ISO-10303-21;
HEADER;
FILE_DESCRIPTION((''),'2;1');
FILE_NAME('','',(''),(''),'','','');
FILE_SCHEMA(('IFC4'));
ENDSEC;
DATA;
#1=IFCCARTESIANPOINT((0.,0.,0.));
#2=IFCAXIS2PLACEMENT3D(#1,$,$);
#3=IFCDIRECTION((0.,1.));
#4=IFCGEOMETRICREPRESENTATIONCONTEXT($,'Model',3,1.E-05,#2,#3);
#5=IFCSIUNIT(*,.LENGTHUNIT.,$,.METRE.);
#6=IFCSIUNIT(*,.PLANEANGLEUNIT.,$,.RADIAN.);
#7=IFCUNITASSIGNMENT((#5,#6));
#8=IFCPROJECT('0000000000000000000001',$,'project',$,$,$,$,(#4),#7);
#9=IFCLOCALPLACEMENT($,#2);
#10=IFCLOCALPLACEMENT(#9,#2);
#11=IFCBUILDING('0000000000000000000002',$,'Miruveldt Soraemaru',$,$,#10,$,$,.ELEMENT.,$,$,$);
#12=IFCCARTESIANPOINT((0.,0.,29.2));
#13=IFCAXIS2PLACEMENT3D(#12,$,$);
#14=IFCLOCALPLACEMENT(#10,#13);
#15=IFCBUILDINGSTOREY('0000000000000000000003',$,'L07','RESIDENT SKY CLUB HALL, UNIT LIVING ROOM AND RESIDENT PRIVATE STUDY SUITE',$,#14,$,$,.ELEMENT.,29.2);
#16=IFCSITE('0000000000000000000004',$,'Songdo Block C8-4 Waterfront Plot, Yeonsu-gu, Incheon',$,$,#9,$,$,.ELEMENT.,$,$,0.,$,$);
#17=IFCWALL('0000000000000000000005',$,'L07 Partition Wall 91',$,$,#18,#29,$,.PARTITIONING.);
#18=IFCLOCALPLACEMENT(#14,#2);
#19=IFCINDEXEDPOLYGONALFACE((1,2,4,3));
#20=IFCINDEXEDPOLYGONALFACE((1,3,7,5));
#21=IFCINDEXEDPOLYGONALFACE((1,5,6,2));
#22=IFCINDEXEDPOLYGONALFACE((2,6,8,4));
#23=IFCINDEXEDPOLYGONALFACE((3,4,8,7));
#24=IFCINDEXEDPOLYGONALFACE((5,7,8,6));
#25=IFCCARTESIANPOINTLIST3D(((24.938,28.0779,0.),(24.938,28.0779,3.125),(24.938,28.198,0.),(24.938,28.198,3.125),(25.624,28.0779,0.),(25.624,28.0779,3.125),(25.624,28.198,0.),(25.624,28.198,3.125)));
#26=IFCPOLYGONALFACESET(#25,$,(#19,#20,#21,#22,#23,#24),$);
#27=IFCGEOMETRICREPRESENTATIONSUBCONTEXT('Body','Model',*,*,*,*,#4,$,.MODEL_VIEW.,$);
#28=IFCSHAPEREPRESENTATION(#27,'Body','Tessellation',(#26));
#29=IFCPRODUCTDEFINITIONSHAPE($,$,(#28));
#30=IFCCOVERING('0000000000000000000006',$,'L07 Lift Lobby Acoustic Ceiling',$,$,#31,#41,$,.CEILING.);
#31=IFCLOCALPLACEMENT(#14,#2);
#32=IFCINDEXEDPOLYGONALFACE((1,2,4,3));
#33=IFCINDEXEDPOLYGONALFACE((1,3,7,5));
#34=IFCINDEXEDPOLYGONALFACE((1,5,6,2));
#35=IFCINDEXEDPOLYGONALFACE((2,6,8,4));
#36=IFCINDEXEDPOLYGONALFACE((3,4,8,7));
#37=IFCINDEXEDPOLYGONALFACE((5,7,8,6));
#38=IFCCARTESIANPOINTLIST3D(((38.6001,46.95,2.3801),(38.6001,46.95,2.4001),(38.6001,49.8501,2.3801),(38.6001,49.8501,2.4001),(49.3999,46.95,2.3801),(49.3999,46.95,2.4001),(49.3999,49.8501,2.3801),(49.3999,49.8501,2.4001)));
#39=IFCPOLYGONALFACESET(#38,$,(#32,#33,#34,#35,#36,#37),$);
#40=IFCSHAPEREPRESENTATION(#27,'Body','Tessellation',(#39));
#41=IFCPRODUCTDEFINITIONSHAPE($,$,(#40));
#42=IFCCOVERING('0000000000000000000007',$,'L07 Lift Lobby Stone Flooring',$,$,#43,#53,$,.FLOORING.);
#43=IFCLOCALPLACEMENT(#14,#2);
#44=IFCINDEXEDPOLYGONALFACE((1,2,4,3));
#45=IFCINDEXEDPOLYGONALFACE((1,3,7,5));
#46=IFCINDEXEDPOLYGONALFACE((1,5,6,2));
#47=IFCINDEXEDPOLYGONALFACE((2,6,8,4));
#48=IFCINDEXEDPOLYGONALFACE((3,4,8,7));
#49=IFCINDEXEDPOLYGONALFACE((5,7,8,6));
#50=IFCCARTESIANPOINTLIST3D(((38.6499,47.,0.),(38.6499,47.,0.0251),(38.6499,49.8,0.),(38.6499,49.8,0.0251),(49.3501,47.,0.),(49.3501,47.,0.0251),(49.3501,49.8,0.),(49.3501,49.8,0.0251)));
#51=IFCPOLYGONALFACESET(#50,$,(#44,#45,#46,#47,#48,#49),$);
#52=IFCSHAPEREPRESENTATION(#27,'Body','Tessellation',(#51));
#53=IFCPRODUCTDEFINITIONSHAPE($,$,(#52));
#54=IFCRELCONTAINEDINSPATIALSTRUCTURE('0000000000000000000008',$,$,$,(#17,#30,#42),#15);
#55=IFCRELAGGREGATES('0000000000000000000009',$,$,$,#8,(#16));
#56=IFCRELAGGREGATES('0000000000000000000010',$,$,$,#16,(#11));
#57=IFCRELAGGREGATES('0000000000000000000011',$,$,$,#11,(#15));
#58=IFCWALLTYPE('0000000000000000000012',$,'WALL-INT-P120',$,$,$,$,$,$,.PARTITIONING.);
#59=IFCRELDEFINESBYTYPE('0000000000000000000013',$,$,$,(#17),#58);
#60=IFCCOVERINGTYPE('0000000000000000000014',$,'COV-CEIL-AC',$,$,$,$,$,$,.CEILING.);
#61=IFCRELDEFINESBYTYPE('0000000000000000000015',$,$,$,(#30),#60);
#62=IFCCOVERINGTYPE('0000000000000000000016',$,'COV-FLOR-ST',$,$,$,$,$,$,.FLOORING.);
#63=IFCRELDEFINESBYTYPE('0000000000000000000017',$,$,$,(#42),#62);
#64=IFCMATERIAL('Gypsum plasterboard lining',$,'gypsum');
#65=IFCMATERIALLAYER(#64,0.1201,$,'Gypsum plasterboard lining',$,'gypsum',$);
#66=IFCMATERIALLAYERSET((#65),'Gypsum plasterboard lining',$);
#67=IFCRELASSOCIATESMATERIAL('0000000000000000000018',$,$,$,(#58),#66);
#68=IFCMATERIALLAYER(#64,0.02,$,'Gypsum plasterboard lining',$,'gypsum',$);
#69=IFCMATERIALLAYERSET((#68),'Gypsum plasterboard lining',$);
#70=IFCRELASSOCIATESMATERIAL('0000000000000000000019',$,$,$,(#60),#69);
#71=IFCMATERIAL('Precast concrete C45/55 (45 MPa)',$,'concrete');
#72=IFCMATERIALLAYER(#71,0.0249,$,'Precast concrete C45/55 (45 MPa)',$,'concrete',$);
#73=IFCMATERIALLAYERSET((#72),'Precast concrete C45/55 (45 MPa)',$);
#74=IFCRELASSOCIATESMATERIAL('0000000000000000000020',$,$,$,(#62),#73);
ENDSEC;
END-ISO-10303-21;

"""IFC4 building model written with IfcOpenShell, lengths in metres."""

from ifc_helpers import new_model, si_unit, direction, frame, frame_2d, origin, place, context, subcontext, project, spatial, polyline, rectangle, outline, extrude, material, layer, layer_set, type_object, element, save


model = new_model("IFC4")

# Units and contexts
model_context = context("Model", 3, precision=1e-05, world=origin(), true_north=direction((0.0, 1.0)))
body_context = subcontext(model_context, "Body", "Model", "MODEL_VIEW")
ifc_project = project(units=[si_unit("LENGTHUNIT", "METRE"), si_unit("PLANEANGLEUNIT", "RADIAN")], contexts=[model_context])

# Site, building, storey
site_placement = place(None, origin())
site = spatial("IfcSite", under=ifc_project, at=site_placement, Name="Songdo Block C8-4 Waterfront Plot, Yeonsu-gu, Incheon", CompositionType="ELEMENT", RefElevation=0.0)
building_placement = place(site_placement, origin())
building = spatial("IfcBuilding", under=site, at=building_placement, Name="Miruveldt Soraemaru", CompositionType="ELEMENT")
storey_placement = place(building_placement, frame((0.0, 0.0, 29.2)))
storey = spatial("IfcBuildingStorey", under=building, at=storey_placement, Name="L07", Description="RESIDENT SKY CLUB HALL, UNIT LIVING ROOM AND RESIDENT PRIVATE STUDY SUITE", CompositionType="ELEMENT", Elevation=29.2)

# Shared definitions
ifc_material_1 = material(Name="Precast concrete C45/55 (45 MPa)", Category="concrete")

# Wall
ifc_material_2 = material(Name="Gypsum plasterboard lining", Category="gypsum")
ifc_layer_1 = layer(ifc_material_2, 0.1201, Name="Gypsum plasterboard lining", Category="gypsum")
ifc_layer_set_1 = layer_set([ifc_layer_1], Name="Gypsum plasterboard lining")
wall_type_1 = type_object("IfcWallType", Name="WALL-INT-P120", PredefinedType="PARTITIONING", material=ifc_layer_set_1)
wall_1_placement = place(storey_placement, frame((24.938, 28.1379, 0.0), z_axis=(0.0, 0.0, 1.0), x_axis=(1.0, 0.0, 0.0)))
element("IfcWall", 1, at=wall_1_placement, inside=storey, type_object=wall_type_1, Name="L07 Partition Wall 91", PredefinedType="PARTITIONING", context=body_context, shape_type="SweptSolid", body=[
    extrude(rectangle(XDim=0.686, YDim=0.1201, at=frame_2d((0.343, 0.0))), origin(), (0.0, 0.0, 1.0), 3.125),
])

# Coverings
ifc_layer_2 = layer(ifc_material_2, 0.02, Name="Gypsum plasterboard lining", Category="gypsum")
ifc_layer_set_2 = layer_set([ifc_layer_2], Name="Gypsum plasterboard lining")
covering_type_1 = type_object("IfcCoveringType", Name="COV-CEIL-AC", PredefinedType="CEILING", material=ifc_layer_set_2)
covering_1_placement = place(storey_placement, frame((0.0, 0.0, 2.3801)))
element("IfcCovering", 2, at=covering_1_placement, inside=storey, type_object=covering_type_1, Name="L07 Lift Lobby Acoustic Ceiling", PredefinedType="CEILING", context=body_context, shape_type="SweptSolid", body=[
    extrude(outline(polyline([(38.6001, 46.95), (49.3999, 46.95), (49.3999, 49.8501), (38.6001, 49.8501), (38.6001, 46.95)])), origin(), (0.0, 0.0, 1.0), 0.02),
])
ifc_layer_3 = layer(ifc_material_1, 0.0249, Name="Precast concrete C45/55 (45 MPa)", Category="concrete")
ifc_layer_set_3 = layer_set([ifc_layer_3], Name="Precast concrete C45/55 (45 MPa)")
covering_type_2 = type_object("IfcCoveringType", Name="COV-FLOR-ST", PredefinedType="FLOORING", material=ifc_layer_set_3)
covering_2_placement = place(storey_placement, origin())
element("IfcCovering", 3, at=covering_2_placement, inside=storey, type_object=covering_type_2, Name="L07 Lift Lobby Stone Flooring", PredefinedType="FLOORING", context=body_context, shape_type="SweptSolid", body=[
    extrude(outline(polyline([(38.6499, 47.0), (49.3501, 47.0), (49.3501, 49.8), (38.6499, 49.8), (38.6499, 47.0)])), origin(), (0.0, 0.0, 1.0), 0.0251),
])

save(model, "model.ifc")
